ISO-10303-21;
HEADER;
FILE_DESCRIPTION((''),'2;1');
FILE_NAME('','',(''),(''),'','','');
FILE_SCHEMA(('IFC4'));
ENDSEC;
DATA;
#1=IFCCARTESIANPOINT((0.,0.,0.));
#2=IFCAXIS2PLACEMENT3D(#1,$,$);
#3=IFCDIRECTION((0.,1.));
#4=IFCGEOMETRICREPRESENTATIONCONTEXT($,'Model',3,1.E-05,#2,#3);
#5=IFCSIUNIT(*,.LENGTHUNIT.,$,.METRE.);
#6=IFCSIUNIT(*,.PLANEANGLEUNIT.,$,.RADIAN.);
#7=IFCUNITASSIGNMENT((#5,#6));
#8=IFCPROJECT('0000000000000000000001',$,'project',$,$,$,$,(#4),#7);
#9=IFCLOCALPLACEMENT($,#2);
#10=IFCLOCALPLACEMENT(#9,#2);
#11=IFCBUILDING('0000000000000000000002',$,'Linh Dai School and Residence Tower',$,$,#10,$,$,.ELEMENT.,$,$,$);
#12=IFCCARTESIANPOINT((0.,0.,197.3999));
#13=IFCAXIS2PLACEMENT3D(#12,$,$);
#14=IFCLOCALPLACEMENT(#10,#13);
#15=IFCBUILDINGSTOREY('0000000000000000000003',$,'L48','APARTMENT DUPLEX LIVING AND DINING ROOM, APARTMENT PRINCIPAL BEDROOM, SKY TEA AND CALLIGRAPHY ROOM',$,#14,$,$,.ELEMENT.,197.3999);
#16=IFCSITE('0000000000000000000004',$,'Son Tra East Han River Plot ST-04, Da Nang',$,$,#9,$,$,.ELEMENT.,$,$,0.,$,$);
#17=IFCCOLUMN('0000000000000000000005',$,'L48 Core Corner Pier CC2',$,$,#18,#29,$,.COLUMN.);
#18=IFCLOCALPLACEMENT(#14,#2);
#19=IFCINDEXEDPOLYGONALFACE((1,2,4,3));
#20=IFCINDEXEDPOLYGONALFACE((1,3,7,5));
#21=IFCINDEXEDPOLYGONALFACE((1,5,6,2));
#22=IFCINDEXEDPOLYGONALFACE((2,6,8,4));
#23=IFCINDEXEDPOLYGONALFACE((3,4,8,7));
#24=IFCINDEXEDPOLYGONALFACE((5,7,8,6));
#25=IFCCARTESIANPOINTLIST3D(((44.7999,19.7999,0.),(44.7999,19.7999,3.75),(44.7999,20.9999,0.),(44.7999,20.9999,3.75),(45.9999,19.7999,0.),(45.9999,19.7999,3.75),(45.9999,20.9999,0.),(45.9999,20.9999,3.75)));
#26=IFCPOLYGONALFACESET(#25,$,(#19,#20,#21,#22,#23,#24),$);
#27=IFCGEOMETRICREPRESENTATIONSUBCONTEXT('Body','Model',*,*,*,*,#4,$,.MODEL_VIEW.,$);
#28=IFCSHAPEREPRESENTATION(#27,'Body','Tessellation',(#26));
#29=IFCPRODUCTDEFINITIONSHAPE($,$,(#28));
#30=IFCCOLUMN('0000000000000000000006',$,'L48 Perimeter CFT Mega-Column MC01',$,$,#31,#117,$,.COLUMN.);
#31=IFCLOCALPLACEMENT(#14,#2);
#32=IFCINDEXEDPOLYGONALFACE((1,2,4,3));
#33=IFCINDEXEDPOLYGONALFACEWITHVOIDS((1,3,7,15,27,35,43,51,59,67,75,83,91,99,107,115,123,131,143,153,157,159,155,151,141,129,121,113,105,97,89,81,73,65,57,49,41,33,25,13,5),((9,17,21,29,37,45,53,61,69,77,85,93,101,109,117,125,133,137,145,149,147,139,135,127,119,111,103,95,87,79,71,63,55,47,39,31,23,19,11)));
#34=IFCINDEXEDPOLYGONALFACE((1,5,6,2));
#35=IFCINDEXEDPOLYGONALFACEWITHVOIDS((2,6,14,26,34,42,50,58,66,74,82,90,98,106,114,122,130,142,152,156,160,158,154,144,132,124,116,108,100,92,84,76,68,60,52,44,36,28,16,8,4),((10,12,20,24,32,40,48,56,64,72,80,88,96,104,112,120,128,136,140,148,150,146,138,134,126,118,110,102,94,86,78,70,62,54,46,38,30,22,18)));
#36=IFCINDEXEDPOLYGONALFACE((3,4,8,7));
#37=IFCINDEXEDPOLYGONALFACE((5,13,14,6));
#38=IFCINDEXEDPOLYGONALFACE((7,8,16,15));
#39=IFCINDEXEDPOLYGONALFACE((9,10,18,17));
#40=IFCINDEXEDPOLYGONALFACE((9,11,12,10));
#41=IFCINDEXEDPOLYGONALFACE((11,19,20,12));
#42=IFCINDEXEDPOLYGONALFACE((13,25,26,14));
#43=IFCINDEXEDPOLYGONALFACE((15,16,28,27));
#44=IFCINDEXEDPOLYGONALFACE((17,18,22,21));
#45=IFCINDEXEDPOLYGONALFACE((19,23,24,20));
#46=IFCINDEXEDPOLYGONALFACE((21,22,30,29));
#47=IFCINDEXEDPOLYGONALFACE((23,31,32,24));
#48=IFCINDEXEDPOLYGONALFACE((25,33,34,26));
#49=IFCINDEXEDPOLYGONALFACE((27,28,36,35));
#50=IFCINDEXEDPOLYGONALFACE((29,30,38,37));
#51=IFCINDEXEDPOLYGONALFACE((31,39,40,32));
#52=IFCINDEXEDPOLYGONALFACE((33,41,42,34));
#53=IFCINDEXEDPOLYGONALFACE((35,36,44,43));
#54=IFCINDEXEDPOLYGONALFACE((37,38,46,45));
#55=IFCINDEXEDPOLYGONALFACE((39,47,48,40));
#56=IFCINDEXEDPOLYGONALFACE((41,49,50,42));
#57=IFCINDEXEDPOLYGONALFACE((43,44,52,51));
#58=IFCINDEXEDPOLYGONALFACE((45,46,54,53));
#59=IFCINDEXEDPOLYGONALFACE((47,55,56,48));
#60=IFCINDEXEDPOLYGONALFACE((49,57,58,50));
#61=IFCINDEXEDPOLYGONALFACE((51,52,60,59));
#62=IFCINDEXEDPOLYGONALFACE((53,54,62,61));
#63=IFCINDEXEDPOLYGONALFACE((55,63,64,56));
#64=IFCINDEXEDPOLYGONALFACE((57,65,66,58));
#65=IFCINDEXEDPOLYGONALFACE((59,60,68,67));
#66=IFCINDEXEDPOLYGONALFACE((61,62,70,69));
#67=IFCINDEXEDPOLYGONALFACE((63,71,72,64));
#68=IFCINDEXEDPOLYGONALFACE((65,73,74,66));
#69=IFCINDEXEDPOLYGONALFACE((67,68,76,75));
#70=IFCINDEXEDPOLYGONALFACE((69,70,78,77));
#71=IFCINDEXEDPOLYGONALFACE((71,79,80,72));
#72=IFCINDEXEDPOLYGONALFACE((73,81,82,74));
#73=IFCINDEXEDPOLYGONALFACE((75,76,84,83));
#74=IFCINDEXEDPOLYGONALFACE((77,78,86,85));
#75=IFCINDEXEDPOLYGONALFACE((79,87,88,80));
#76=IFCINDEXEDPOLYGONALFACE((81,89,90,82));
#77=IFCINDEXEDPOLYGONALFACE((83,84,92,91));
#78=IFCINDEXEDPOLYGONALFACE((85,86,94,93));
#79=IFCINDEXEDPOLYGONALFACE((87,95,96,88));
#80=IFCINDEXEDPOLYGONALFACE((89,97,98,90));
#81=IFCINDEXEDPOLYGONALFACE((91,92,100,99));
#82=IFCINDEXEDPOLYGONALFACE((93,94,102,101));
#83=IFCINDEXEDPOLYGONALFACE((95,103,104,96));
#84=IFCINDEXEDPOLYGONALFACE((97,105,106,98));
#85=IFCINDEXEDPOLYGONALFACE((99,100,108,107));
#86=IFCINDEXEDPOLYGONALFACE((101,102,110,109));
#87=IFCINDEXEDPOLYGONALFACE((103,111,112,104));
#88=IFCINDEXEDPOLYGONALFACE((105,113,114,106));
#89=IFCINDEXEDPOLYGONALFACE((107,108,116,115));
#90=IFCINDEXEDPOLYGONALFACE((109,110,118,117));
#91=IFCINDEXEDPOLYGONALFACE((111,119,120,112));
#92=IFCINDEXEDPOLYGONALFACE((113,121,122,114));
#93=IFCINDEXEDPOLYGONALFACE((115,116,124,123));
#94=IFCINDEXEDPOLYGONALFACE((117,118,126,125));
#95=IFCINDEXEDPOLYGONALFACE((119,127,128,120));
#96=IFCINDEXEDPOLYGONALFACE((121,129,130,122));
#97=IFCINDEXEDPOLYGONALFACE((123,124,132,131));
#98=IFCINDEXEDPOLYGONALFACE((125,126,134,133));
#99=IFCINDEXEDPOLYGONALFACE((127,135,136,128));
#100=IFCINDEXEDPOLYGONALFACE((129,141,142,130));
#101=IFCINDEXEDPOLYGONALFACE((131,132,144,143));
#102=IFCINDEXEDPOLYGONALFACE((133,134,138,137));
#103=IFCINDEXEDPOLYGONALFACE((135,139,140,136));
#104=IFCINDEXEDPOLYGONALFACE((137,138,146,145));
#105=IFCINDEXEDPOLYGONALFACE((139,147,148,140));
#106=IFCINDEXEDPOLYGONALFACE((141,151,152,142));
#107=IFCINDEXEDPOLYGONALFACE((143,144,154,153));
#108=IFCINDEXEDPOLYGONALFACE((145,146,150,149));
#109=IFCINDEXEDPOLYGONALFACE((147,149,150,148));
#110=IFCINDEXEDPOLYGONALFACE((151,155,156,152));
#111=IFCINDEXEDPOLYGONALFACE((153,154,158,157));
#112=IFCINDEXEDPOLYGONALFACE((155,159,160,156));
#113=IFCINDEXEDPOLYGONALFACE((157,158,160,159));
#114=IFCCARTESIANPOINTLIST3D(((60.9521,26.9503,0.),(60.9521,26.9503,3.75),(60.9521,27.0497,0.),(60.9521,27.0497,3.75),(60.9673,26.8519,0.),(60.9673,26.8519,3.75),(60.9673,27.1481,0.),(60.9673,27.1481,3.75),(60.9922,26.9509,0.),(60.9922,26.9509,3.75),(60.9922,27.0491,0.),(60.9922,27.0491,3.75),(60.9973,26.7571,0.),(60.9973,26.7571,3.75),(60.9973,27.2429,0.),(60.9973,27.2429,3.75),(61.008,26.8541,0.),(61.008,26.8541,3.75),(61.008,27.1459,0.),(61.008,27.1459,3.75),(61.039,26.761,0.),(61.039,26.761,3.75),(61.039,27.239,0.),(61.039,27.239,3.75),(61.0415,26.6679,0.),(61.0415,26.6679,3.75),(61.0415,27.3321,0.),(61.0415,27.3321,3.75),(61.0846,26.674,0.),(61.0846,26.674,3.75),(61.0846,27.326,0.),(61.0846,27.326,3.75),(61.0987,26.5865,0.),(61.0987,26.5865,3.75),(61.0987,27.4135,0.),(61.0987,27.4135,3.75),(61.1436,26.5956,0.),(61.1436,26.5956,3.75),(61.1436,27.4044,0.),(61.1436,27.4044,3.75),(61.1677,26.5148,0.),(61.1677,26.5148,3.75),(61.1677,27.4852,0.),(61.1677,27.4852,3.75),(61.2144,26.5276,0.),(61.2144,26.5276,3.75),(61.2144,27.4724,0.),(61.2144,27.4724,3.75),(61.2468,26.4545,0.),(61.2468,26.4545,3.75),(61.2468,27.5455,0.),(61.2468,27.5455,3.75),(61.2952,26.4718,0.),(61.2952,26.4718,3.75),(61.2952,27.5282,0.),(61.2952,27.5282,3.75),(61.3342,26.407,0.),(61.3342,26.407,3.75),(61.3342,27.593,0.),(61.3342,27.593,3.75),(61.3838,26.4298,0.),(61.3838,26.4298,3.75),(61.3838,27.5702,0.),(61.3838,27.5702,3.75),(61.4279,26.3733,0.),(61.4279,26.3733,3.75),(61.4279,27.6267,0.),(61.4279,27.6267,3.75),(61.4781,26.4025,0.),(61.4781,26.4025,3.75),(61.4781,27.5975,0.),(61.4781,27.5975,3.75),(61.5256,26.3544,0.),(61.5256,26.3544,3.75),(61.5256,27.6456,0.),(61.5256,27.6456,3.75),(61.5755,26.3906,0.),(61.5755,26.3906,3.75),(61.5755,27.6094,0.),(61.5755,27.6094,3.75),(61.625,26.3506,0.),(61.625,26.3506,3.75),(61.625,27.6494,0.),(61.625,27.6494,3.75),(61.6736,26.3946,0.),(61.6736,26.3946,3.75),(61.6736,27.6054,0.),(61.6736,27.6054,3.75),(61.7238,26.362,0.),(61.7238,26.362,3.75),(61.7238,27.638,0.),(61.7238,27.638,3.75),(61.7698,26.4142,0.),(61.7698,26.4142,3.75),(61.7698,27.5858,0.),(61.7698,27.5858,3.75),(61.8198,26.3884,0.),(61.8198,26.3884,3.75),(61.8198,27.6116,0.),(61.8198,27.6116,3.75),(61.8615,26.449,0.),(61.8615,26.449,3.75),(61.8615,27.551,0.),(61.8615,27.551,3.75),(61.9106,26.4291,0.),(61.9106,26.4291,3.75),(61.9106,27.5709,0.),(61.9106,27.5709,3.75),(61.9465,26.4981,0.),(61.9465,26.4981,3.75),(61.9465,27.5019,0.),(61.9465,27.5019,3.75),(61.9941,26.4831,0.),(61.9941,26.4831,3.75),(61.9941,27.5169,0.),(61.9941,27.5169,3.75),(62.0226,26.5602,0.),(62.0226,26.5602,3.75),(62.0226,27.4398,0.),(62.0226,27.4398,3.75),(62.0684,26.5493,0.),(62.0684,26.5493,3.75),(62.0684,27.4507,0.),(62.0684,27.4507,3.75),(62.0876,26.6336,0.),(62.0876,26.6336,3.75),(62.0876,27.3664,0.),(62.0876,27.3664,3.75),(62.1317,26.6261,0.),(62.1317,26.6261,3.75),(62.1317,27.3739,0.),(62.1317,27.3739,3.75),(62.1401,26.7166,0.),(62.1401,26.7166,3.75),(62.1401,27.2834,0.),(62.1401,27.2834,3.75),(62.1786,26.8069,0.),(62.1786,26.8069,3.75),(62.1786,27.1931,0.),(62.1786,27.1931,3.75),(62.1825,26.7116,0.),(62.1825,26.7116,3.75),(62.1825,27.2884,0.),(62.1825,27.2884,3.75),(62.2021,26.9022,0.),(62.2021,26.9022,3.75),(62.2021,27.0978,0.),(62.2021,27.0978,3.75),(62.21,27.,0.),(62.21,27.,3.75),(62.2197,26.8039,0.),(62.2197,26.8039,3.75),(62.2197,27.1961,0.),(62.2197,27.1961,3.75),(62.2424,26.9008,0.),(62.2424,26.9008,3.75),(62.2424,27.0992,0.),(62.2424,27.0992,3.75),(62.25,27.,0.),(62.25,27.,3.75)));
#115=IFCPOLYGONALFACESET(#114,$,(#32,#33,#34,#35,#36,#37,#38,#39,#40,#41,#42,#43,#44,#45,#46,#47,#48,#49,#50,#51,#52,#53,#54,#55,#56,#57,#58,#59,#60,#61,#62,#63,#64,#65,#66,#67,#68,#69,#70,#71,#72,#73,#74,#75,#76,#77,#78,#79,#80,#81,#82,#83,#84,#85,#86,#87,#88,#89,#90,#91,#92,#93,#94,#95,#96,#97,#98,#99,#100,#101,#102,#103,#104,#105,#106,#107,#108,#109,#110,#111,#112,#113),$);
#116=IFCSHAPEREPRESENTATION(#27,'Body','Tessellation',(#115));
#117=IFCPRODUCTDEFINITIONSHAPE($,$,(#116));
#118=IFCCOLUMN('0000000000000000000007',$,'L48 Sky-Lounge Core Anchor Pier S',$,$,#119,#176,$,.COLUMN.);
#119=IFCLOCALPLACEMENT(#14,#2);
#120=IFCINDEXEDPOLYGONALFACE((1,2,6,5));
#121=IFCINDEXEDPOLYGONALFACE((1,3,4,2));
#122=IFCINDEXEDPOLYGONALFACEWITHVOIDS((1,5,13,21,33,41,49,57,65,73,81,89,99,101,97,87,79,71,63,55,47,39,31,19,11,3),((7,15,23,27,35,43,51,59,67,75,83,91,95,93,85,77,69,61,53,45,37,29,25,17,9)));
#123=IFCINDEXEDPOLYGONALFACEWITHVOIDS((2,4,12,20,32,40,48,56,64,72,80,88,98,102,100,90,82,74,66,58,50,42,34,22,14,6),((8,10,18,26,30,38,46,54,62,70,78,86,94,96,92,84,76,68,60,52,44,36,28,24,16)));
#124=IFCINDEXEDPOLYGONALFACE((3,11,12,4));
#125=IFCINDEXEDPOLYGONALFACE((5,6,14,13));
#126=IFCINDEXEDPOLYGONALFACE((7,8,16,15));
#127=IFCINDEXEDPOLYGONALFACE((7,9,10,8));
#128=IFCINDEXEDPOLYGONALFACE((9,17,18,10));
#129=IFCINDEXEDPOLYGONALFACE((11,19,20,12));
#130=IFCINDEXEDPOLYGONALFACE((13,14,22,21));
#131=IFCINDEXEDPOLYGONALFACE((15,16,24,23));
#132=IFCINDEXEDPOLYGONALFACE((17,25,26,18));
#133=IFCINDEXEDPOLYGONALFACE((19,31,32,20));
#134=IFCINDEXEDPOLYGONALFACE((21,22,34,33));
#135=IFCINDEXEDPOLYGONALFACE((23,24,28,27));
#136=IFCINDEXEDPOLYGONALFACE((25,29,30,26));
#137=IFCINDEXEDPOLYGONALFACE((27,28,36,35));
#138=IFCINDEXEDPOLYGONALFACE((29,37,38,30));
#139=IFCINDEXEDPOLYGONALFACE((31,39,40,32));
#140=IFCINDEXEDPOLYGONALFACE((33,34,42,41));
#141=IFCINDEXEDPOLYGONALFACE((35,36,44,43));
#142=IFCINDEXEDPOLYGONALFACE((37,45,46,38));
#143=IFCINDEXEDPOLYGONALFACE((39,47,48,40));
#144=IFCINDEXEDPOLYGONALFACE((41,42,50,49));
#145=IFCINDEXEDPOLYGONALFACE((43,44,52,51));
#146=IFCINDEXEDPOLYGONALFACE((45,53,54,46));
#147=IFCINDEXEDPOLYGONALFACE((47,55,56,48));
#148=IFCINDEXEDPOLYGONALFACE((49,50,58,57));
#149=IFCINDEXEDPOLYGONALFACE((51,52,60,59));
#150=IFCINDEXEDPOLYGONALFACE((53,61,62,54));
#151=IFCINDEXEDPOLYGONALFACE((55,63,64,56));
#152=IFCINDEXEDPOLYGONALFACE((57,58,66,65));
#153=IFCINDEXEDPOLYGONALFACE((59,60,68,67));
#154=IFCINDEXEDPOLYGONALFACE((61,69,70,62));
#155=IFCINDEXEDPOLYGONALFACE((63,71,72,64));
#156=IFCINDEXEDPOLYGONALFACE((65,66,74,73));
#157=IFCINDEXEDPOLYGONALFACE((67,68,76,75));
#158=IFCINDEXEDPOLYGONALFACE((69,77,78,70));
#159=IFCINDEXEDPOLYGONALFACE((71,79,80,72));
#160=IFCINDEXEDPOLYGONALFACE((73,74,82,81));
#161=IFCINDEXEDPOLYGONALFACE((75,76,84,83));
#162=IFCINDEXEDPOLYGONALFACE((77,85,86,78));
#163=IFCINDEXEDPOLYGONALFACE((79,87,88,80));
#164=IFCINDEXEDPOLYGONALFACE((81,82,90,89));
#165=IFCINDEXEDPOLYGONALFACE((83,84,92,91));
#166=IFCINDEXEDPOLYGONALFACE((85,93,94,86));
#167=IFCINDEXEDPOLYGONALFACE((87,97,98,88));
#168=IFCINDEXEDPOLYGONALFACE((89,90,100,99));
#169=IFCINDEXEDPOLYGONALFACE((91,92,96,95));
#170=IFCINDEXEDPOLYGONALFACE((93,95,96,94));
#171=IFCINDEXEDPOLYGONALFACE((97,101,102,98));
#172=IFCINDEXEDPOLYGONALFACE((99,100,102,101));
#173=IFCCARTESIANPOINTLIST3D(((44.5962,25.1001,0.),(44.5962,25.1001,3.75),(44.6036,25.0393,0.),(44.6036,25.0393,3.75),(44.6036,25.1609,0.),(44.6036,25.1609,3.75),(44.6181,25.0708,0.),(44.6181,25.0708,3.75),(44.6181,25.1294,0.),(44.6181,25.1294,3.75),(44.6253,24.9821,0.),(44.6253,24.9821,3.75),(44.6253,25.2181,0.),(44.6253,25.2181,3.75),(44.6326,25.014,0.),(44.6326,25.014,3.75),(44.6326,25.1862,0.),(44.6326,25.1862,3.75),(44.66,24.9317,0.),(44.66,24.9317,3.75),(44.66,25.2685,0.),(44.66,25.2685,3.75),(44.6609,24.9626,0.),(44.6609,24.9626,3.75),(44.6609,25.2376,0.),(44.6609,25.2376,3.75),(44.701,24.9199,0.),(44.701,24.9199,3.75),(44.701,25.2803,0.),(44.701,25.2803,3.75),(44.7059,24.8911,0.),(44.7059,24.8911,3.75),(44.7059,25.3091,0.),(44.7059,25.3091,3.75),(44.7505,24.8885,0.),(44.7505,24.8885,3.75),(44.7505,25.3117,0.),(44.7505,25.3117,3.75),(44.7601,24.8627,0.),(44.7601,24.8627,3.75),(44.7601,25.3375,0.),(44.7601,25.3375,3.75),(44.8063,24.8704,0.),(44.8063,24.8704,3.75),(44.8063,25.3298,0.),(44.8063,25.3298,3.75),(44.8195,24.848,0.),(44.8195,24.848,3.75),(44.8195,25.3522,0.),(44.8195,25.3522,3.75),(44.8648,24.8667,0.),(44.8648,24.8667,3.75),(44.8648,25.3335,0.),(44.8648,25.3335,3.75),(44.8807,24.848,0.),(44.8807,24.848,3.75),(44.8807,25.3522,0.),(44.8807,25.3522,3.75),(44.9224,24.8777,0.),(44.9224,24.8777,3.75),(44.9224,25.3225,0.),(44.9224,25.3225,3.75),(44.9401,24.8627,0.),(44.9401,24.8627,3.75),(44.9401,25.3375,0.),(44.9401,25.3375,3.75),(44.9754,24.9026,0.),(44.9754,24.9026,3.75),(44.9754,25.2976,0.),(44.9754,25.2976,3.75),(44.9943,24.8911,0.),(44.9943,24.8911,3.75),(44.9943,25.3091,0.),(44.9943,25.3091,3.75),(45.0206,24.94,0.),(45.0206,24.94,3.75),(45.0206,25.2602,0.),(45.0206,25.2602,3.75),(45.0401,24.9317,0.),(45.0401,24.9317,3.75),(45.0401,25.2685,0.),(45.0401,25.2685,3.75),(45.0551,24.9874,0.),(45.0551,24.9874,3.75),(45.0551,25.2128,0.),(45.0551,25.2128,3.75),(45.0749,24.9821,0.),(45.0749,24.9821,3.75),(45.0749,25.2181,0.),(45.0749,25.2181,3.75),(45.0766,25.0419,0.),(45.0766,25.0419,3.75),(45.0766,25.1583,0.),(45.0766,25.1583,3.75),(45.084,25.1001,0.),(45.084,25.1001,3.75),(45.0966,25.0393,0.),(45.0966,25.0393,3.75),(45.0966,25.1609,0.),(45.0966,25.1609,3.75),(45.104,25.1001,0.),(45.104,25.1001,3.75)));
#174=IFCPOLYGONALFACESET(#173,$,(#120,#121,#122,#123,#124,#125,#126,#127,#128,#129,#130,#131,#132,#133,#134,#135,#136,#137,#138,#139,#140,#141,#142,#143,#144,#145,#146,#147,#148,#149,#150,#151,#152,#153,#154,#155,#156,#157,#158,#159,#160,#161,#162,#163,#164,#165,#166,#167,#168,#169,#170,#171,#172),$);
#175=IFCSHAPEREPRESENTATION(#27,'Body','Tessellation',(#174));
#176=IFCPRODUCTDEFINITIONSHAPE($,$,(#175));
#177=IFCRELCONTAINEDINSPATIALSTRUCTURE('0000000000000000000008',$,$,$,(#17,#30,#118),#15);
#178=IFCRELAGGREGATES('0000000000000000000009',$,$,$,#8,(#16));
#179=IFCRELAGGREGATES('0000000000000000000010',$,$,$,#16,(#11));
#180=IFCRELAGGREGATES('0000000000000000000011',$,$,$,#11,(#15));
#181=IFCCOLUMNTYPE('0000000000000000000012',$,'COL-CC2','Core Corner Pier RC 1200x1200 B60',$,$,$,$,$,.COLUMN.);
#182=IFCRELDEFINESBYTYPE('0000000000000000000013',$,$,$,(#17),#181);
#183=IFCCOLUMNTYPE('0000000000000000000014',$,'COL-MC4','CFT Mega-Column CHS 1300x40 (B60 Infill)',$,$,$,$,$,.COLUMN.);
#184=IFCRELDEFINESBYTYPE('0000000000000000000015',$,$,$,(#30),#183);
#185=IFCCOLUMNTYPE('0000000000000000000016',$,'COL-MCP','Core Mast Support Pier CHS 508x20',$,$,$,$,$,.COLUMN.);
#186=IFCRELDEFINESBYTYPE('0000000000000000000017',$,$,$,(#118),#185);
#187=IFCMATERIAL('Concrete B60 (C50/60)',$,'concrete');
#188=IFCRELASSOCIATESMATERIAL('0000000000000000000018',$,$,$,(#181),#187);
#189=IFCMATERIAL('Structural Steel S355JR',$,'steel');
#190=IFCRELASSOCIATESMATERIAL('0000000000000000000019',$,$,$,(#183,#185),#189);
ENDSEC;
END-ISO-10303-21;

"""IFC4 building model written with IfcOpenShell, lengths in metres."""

from ifc_helpers import new_model, si_unit, direction, frame, origin, origin_2d, place, context, subcontext, project, spatial, rectangle, hollow_circle, extrude, material, material_profile, profile_set, type_object, element, save


model = new_model("IFC4")

# Units and contexts
model_context = context("Model", 3, precision=1e-05, world=origin(), true_north=direction((0.0, 1.0)))
body_context = subcontext(model_context, "Body", "Model", "MODEL_VIEW")
ifc_project = project(units=[si_unit("LENGTHUNIT", "METRE"), si_unit("PLANEANGLEUNIT", "RADIAN")], contexts=[model_context])

# Site, building, storey
site_placement = place(None, origin())
site = spatial("IfcSite", under=ifc_project, at=site_placement, Name="Son Tra East Han River Plot ST-04, Da Nang", CompositionType="ELEMENT", RefElevation=0.0)
building_placement = place(site_placement, origin())
building = spatial("IfcBuilding", under=site, at=building_placement, Name="Linh Dai School and Residence Tower", CompositionType="ELEMENT")
storey_placement = place(building_placement, frame((0.0, 0.0, 197.3999)))
storey = spatial("IfcBuildingStorey", under=building, at=storey_placement, Name="L48", Description="APARTMENT DUPLEX LIVING AND DINING ROOM, APARTMENT PRINCIPAL BEDROOM, SKY TEA AND CALLIGRAPHY ROOM", CompositionType="ELEMENT", Elevation=197.3999)

# Columns
ifc_material_1 = material(Name="Concrete B60 (C50/60)", Category="concrete")
ifc_material_profile_1 = material_profile(ifc_material_1, rectangle(XDim=1.2, YDim=1.2, at=origin_2d()), Name="RC 1200x1200")
ifc_profile_set_1 = profile_set([ifc_material_profile_1], Name="Concrete B60 (C50/60)")
column_type_1 = type_object("IfcColumnType", Name="COL-CC2", Description="Core Corner Pier RC 1200x1200 B60", PredefinedType="COLUMN", material=ifc_profile_set_1)
column_1_placement = place(storey_placement, frame((45.3999, 20.3999, 0.0), z_axis=(0.0, 0.0, 1.0), x_axis=(1.0, 0.0, 0.0)))
element("IfcColumn", 1, at=column_1_placement, inside=storey, type_object=column_type_1, Name="L48 Core Corner Pier CC2", PredefinedType="COLUMN", context=body_context, shape_type="SweptSolid", body=[
    extrude(rectangle(XDim=1.2, YDim=1.2, at=origin_2d()), origin(), (0.0, 0.0, 1.0), 3.75),
])
ifc_material_2 = material(Name="Structural Steel S355JR", Category="steel")
ifc_material_profile_2 = material_profile(ifc_material_2, hollow_circle(Radius=0.6499, WallThickness=0.04, at=origin_2d()), Name="CHS 1300x40")
ifc_profile_set_2 = profile_set([ifc_material_profile_2], Name="Structural Steel S355JR")
column_type_2 = type_object("IfcColumnType", Name="COL-MC4", Description="CFT Mega-Column CHS 1300x40 (B60 Infill)", PredefinedType="COLUMN", material=ifc_profile_set_2)
column_2_placement = place(storey_placement, frame((61.6001, 27.0, 0.0), z_axis=(0.0, 0.0, 1.0), x_axis=(1.0, 0.0, 0.0)))
element("IfcColumn", 2, at=column_2_placement, inside=storey, type_object=column_type_2, Name="L48 Perimeter CFT Mega-Column MC01", PredefinedType="COLUMN", context=body_context, shape_type="SweptSolid", body=[
    extrude(hollow_circle(Radius=0.6499, WallThickness=0.04, at=origin_2d()), origin(), (0.0, 0.0, 1.0), 3.75),
])
ifc_material_profile_3 = material_profile(ifc_material_2, hollow_circle(Radius=0.2539, WallThickness=0.02, at=origin_2d()), Name="CHS 508x20")
ifc_profile_set_3 = profile_set([ifc_material_profile_3], Name="Structural Steel S355JR")
column_type_3 = type_object("IfcColumnType", Name="COL-MCP", Description="Core Mast Support Pier CHS 508x20", PredefinedType="COLUMN", material=ifc_profile_set_3)
column_3_placement = place(storey_placement, frame((44.8501, 25.1001, 0.0), z_axis=(0.0, 0.0, 1.0), x_axis=(1.0, 0.0, 0.0)))
element("IfcColumn", 3, at=column_3_placement, inside=storey, type_object=column_type_3, Name="L48 Sky-Lounge Core Anchor Pier S", PredefinedType="COLUMN", context=body_context, shape_type="SweptSolid", body=[
    extrude(hollow_circle(Radius=0.2539, WallThickness=0.02, at=origin_2d()), origin(), (0.0, 0.0, 1.0), 3.75),
])

save(model, "model.ifc")
